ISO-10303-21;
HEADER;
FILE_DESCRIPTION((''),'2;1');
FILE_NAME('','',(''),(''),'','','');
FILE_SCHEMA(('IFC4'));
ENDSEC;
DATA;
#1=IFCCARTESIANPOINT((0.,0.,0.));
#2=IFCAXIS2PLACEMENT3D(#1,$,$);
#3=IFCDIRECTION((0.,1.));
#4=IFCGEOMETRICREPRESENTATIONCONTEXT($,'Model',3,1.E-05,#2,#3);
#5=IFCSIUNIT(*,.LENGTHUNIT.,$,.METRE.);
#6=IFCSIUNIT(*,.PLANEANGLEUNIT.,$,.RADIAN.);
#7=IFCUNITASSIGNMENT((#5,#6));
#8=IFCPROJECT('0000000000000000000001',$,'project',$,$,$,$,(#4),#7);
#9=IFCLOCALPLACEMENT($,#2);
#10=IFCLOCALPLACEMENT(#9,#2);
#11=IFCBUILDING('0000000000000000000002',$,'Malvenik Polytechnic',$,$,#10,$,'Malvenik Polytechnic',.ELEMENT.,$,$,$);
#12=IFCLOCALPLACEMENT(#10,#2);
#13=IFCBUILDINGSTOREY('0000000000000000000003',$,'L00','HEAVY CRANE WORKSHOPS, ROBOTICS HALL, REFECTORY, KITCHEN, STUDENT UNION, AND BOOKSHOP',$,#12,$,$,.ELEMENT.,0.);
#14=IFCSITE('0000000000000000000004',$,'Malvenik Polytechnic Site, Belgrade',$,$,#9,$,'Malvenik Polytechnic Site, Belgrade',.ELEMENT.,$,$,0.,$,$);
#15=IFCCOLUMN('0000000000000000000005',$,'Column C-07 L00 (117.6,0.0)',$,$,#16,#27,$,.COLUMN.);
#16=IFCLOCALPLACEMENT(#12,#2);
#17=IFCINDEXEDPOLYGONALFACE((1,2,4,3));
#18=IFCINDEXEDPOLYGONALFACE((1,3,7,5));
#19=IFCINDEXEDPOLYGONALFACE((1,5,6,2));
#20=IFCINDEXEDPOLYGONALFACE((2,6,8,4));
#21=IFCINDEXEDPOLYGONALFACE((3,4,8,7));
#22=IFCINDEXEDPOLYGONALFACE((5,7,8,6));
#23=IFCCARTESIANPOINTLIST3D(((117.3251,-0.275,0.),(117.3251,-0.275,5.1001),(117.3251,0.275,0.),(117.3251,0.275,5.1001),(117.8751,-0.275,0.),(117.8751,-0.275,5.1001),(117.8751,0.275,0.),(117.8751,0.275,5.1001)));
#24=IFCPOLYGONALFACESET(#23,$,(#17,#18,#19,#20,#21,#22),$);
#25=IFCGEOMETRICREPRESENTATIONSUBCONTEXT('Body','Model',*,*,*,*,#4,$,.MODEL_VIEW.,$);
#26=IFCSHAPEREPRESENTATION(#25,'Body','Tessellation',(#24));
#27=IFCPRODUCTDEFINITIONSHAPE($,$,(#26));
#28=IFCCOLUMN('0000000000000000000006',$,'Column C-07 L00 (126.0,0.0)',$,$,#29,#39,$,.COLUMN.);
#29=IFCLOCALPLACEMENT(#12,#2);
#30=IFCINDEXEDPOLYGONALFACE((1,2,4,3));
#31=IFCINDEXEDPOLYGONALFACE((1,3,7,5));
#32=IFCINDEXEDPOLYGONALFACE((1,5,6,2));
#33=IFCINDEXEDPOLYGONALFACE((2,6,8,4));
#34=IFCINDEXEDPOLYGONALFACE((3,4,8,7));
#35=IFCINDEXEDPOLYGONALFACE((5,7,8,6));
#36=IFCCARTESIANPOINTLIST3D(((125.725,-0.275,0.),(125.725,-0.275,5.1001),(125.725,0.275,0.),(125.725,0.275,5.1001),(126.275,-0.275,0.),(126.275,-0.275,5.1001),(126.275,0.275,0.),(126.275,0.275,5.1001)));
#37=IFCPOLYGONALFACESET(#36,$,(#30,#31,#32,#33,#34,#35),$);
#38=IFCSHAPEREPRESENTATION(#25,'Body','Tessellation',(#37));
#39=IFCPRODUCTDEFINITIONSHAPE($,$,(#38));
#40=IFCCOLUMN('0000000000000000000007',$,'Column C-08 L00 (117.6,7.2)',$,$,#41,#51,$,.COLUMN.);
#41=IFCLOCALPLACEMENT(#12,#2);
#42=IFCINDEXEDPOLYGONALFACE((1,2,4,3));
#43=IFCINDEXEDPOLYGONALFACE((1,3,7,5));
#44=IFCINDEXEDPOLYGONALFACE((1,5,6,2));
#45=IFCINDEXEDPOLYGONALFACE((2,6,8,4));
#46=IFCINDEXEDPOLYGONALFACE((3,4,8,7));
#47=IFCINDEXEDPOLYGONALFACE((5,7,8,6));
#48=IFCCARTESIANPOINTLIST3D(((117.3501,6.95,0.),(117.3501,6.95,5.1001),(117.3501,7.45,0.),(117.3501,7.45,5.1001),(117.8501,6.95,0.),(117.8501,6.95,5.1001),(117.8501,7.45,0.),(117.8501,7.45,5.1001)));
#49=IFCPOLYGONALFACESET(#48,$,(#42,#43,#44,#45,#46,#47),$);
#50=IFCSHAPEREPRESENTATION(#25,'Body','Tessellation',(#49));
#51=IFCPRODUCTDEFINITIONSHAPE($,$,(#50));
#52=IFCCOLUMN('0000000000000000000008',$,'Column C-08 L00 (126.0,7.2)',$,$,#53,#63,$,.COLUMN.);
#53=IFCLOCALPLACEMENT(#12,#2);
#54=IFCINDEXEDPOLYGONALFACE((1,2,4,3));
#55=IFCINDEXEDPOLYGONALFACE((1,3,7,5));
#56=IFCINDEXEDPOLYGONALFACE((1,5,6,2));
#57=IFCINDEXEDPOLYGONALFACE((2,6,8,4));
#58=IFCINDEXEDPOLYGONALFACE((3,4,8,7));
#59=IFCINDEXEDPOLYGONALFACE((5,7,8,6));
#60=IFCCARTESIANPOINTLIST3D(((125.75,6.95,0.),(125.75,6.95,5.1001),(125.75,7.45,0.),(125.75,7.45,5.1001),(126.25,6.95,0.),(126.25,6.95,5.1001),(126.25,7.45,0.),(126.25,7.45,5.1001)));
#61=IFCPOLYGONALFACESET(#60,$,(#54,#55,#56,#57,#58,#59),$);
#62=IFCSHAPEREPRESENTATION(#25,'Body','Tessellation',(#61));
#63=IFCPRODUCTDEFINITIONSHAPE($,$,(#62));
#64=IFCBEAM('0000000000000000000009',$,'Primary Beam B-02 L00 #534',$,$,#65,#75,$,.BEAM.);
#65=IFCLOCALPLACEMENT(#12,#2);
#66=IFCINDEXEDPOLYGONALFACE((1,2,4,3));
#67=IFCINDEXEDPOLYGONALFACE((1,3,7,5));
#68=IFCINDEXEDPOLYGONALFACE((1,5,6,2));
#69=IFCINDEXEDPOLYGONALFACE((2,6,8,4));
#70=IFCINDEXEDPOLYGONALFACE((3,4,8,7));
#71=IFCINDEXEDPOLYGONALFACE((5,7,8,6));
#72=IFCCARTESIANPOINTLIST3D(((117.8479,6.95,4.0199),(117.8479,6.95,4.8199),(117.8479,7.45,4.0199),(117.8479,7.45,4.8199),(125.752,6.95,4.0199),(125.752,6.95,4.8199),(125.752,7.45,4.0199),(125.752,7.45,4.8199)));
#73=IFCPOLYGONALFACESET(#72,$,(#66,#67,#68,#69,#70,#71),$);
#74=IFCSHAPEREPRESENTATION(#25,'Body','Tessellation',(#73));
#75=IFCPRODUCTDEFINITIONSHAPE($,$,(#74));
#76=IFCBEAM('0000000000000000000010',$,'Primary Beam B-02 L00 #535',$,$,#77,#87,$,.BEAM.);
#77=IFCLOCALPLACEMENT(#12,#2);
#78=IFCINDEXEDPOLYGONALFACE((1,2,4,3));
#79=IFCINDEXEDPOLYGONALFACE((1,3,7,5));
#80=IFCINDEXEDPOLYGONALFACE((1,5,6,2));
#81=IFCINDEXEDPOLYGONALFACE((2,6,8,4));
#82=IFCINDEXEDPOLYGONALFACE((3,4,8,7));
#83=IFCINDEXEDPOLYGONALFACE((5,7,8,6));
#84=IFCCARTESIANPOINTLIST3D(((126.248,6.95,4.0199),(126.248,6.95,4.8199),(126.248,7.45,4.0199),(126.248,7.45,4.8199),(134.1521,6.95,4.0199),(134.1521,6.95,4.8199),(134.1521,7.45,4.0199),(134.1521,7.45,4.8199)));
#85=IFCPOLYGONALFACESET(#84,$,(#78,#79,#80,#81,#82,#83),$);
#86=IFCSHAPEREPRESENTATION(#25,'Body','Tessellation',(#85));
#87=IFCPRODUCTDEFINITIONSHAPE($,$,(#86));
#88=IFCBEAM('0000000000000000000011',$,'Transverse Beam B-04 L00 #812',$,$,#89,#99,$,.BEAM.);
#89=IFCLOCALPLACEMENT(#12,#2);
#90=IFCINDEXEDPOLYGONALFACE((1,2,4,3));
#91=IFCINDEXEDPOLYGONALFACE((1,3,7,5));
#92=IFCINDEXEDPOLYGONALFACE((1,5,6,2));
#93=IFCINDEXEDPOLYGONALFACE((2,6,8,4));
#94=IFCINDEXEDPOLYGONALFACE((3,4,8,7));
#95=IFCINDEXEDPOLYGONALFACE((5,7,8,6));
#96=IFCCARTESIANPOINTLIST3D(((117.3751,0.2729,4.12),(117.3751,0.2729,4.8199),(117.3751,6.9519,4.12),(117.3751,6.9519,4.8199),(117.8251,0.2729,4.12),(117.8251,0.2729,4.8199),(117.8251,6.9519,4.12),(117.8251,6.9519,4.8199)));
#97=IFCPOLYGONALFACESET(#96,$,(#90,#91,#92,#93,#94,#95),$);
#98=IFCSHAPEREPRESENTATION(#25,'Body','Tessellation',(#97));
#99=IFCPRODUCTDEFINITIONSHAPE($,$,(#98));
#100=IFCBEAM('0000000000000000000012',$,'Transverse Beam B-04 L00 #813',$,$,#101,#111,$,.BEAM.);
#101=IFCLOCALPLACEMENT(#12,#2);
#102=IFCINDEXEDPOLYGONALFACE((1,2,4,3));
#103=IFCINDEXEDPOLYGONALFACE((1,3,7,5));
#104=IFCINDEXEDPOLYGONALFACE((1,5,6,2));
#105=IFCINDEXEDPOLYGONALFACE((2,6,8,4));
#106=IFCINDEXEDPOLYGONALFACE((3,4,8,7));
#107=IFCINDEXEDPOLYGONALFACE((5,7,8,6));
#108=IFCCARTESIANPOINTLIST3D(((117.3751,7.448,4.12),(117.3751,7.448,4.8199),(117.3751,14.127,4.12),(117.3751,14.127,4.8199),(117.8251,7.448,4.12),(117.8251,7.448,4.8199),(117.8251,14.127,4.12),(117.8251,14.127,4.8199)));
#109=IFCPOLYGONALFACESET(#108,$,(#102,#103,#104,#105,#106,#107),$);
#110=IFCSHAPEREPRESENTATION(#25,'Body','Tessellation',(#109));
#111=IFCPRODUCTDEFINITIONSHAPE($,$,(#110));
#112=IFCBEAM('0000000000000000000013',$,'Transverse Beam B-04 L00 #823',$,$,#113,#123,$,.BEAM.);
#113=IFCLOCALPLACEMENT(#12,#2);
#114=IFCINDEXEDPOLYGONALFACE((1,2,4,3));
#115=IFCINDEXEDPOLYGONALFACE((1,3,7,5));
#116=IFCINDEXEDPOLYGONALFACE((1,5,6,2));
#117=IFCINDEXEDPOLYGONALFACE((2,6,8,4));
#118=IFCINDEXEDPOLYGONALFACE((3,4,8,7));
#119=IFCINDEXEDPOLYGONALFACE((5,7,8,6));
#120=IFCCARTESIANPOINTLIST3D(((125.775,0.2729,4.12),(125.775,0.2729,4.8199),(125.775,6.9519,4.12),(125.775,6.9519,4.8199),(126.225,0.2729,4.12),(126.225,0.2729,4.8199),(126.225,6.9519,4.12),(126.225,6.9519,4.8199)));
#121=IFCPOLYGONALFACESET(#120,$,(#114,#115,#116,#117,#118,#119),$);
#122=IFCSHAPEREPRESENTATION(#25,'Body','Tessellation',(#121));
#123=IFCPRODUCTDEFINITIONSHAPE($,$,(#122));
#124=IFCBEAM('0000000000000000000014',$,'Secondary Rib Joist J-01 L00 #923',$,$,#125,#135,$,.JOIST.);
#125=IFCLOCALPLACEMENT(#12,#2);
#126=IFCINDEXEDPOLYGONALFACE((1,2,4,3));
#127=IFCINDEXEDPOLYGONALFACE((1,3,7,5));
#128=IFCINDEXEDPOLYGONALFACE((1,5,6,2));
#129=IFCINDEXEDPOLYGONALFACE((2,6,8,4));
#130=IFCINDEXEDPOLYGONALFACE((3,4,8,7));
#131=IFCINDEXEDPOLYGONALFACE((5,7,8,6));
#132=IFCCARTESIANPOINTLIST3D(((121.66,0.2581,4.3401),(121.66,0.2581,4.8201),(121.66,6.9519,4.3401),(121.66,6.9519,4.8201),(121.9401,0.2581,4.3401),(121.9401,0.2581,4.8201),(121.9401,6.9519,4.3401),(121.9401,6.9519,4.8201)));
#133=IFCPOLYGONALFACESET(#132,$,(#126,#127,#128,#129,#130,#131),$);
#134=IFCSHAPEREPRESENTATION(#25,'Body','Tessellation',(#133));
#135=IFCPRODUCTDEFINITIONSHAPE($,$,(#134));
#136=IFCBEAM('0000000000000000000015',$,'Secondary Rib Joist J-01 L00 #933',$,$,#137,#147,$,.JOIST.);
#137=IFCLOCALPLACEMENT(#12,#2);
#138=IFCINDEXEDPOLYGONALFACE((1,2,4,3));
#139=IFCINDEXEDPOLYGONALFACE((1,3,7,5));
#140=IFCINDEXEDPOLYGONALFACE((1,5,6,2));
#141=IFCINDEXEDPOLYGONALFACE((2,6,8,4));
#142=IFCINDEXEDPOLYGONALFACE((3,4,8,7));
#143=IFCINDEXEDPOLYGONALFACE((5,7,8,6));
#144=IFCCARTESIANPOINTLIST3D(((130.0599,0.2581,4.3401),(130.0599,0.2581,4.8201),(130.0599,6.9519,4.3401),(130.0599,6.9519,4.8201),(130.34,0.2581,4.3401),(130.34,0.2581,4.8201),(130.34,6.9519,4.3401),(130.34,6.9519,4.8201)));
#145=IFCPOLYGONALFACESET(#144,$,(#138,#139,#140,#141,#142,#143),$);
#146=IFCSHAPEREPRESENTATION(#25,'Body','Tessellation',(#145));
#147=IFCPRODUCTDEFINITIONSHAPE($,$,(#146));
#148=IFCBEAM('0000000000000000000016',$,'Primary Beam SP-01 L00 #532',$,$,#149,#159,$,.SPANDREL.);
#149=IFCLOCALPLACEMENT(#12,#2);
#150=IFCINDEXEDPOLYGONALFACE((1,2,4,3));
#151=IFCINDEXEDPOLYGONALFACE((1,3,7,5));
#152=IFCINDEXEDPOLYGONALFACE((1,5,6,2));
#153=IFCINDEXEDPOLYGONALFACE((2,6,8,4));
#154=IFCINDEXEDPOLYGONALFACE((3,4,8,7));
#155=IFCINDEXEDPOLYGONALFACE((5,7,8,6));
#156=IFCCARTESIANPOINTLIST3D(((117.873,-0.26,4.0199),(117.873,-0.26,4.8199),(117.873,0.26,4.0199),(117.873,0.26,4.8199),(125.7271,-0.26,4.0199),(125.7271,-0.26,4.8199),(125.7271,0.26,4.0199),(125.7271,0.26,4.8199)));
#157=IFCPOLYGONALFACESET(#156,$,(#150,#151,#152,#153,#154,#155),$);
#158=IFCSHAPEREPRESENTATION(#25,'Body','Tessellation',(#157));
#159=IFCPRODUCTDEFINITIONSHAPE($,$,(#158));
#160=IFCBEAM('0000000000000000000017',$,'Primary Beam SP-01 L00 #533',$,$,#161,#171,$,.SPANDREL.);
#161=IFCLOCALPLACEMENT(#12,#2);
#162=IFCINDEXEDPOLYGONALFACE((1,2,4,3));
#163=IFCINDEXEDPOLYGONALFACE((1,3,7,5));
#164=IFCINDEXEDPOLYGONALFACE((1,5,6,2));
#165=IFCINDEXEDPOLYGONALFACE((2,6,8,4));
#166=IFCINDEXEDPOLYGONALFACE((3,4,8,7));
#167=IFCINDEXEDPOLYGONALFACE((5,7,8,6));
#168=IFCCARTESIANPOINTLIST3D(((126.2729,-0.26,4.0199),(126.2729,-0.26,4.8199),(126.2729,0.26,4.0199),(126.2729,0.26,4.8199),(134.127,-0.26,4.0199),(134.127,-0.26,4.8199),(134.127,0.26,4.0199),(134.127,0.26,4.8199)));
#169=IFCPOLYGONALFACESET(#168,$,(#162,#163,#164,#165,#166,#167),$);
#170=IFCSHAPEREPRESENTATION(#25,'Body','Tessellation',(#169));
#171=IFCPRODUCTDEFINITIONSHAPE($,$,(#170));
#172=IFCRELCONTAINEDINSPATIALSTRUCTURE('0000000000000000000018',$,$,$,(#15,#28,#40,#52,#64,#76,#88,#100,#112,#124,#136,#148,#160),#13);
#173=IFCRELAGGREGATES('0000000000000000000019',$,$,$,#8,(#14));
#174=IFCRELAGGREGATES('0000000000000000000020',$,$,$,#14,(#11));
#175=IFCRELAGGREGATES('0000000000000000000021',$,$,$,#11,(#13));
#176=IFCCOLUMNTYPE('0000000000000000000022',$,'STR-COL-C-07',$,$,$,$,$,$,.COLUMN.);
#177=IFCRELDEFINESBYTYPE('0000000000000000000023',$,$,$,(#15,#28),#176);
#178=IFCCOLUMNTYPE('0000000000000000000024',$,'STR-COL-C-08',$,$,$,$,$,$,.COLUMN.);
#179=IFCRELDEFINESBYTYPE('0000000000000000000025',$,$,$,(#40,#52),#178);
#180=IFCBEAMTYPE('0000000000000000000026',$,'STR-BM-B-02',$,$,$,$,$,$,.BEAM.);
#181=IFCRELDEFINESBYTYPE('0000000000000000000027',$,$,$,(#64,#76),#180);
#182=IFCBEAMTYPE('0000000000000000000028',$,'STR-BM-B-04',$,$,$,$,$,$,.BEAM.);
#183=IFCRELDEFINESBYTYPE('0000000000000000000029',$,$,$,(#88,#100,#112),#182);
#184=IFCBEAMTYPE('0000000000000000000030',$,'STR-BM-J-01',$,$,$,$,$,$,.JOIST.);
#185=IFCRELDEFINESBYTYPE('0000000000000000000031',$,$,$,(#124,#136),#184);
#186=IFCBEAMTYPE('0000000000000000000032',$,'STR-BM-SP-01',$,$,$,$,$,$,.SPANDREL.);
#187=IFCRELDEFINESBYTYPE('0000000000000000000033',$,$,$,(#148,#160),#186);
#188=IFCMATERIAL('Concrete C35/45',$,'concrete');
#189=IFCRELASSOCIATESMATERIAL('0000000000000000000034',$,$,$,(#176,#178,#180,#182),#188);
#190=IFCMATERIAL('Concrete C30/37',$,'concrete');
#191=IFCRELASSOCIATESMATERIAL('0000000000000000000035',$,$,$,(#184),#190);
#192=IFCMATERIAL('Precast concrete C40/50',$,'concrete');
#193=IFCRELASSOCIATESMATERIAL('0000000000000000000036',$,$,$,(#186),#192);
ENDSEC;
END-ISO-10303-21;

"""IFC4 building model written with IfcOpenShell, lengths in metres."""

from ifc_helpers import new_model, si_unit, direction, frame, origin, origin_2d, place, context, subcontext, project, spatial, rectangle, extrude, material, material_profile, profile_set, type_object, element, save


model = new_model("IFC4")

# Units and contexts
model_context = context("Model", 3, precision=1e-05, world=origin(), true_north=direction((0.0, 1.0)))
body_context = subcontext(model_context, "Body", "Model", "MODEL_VIEW")
ifc_project = project(units=[si_unit("LENGTHUNIT", "METRE"), si_unit("PLANEANGLEUNIT", "RADIAN")], contexts=[model_context])

# Site, building, storey
site_placement = place(None, origin())
site = spatial("IfcSite", under=ifc_project, at=site_placement, Name="Malvenik Polytechnic Site, Belgrade", LongName="Malvenik Polytechnic Site, Belgrade", CompositionType="ELEMENT", RefElevation=0.0)
building_placement = place(site_placement, origin())
building = spatial("IfcBuilding", under=site, at=building_placement, Name="Malvenik Polytechnic", LongName="Malvenik Polytechnic", CompositionType="ELEMENT")
storey_placement = place(building_placement, origin())
storey = spatial("IfcBuildingStorey", under=building, at=storey_placement, Name="L00", Description="HEAVY CRANE WORKSHOPS, ROBOTICS HALL, REFECTORY, KITCHEN, STUDENT UNION, AND BOOKSHOP", CompositionType="ELEMENT", Elevation=0.0)

# Columns
ifc_material_1 = material(Name="Concrete C35/45", Category="concrete")
ifc_material_profile_1 = material_profile(ifc_material_1, rectangle(XDim=0.55, YDim=0.55, at=origin_2d()), Name="RC COL 550x550")
ifc_profile_set_1 = profile_set([ifc_material_profile_1], Name="Concrete C35/45")
column_type_1 = type_object("IfcColumnType", Name="STR-COL-C-07", PredefinedType="COLUMN", material=ifc_profile_set_1)
for number, where, z_axis, x_axis, name in (
    (1, (117.6001, 0.0, 0.0), (0.0, 0.0, 1.0), (1.0, 0.0, 0.0), "Column C-07 L00 (117.6,0.0)"),
    (2, (126.0, 0.0, 0.0), (0.0, 0.0, 1.0), (1.0, 0.0, 0.0), "Column C-07 L00 (126.0,0.0)"),
):
    element("IfcColumn", number, at=place(storey_placement, frame(where, z_axis=z_axis, x_axis=x_axis)), inside=storey, type_object=column_type_1, Name=name, PredefinedType="COLUMN", context=body_context, shape_type="SweptSolid", body=[
        extrude(rectangle(XDim=0.55, YDim=0.55, at=origin_2d()), origin(), (0.0, 0.0, 1.0), 5.1001),
    ])
ifc_material_profile_2 = material_profile(ifc_material_1, rectangle(XDim=0.5, YDim=0.5, at=origin_2d()), Name="RC COL 500x500")
ifc_profile_set_2 = profile_set([ifc_material_profile_2], Name="Concrete C35/45")
column_type_2 = type_object("IfcColumnType", Name="STR-COL-C-08", PredefinedType="COLUMN", material=ifc_profile_set_2)
for number, where, z_axis, x_axis, name in (
    (3, (117.6001, 7.2, 0.0), (0.0, 0.0, 1.0), (1.0, 0.0, 0.0), "Column C-08 L00 (117.6,7.2)"),
    (4, (126.0, 7.2, 0.0), (0.0, 0.0, 1.0), (1.0, 0.0, 0.0), "Column C-08 L00 (126.0,7.2)"),
):
    element("IfcColumn", number, at=place(storey_placement, frame(where, z_axis=z_axis, x_axis=x_axis)), inside=storey, type_object=column_type_2, Name=name, PredefinedType="COLUMN", context=body_context, shape_type="SweptSolid", body=[
        extrude(rectangle(XDim=0.5, YDim=0.5, at=origin_2d()), origin(), (0.0, 0.0, 1.0), 5.1001),
    ])

# Beams
ifc_material_profile_3 = material_profile(ifc_material_1, rectangle(XDim=0.5, YDim=0.8, at=origin_2d()), Name="RC BM 500x800")
ifc_profile_set_3 = profile_set([ifc_material_profile_3], Name="Concrete C35/45")
beam_type_1 = type_object("IfcBeamType", Name="STR-BM-B-02", PredefinedType="BEAM", material=ifc_profile_set_3)
for number, where, z_axis, x_axis, name in (
    (5, (117.8479, 7.2, 4.4199), (1.0, 0.0, 0.0), (0.0, 1.0, 0.0), "Primary Beam B-02 L00 #534"),
    (6, (126.248, 7.2, 4.4199), (1.0, 0.0, 0.0), (0.0, 1.0, 0.0), "Primary Beam B-02 L00 #535"),
):
    element("IfcBeam", number, at=place(storey_placement, frame(where, z_axis=z_axis, x_axis=x_axis)), inside=storey, type_object=beam_type_1, Name=name, PredefinedType="BEAM", context=body_context, shape_type="SweptSolid", body=[
        extrude(rectangle(XDim=0.5, YDim=0.8, at=origin_2d()), origin(), (0.0, 0.0, 1.0), 7.9041),
    ])
ifc_material_profile_4 = material_profile(ifc_material_1, rectangle(XDim=0.45, YDim=0.7, at=origin_2d()), Name="RC BM 450x700")
ifc_profile_set_4 = profile_set([ifc_material_profile_4], Name="Concrete C35/45")
beam_type_2 = type_object("IfcBeamType", Name="STR-BM-B-04", PredefinedType="BEAM", material=ifc_profile_set_4)
for number, where, z_axis, x_axis, name in (
    (7, (117.6001, 0.2729, 4.47), (0.0, 1.0, 0.0), (-1.0, 0.0, 0.0), "Transverse Beam B-04 L00 #812"),
    (8, (117.6001, 7.448, 4.47), (0.0, 1.0, 0.0), (-1.0, 0.0, 0.0), "Transverse Beam B-04 L00 #813"),
    (9, (126.0, 0.2729, 4.47), (0.0, 1.0, 0.0), (-1.0, 0.0, 0.0), "Transverse Beam B-04 L00 #823"),
):
    element("IfcBeam", number, at=place(storey_placement, frame(where, z_axis=z_axis, x_axis=x_axis)), inside=storey, type_object=beam_type_2, Name=name, PredefinedType="BEAM", context=body_context, shape_type="SweptSolid", body=[
        extrude(rectangle(XDim=0.45, YDim=0.7, at=origin_2d()), origin(), (0.0, 0.0, 1.0), 6.679),
    ])
ifc_material_2 = material(Name="Concrete C30/37", Category="concrete")
ifc_material_profile_5 = material_profile(ifc_material_2, rectangle(XDim=0.28, YDim=0.48, at=origin_2d()), Name="RC JST 280x480")
ifc_profile_set_5 = profile_set([ifc_material_profile_5], Name="Concrete C30/37")
beam_type_3 = type_object("IfcBeamType", Name="STR-BM-J-01", PredefinedType="JOIST", material=ifc_profile_set_5)
for number, where, z_axis, x_axis, name in (
    (10, (121.8, 0.2581, 4.5801), (0.0, 1.0, 0.0), (-1.0, 0.0, 0.0), "Secondary Rib Joist J-01 L00 #923"),
    (11, (130.2, 0.2581, 4.5801), (0.0, 1.0, 0.0), (-1.0, 0.0, 0.0), "Secondary Rib Joist J-01 L00 #933"),
):
    element("IfcBeam", number, at=place(storey_placement, frame(where, z_axis=z_axis, x_axis=x_axis)), inside=storey, type_object=beam_type_3, Name=name, PredefinedType="JOIST", context=body_context, shape_type="SweptSolid", body=[
        extrude(rectangle(XDim=0.28, YDim=0.48, at=origin_2d()), origin(), (0.0, 0.0, 1.0), 6.6938),
    ])
ifc_material_3 = material(Name="Precast concrete C40/50", Category="concrete")
ifc_material_profile_6 = material_profile(ifc_material_3, rectangle(XDim=0.52, YDim=0.8, at=origin_2d()), Name="PC SPN 520x800")
ifc_profile_set_6 = profile_set([ifc_material_profile_6], Name="Precast concrete C40/50")
beam_type_4 = type_object("IfcBeamType", Name="STR-BM-SP-01", PredefinedType="SPANDREL", material=ifc_profile_set_6)
for number, where, z_axis, x_axis, name in (
    (12, (117.873, 0.0, 4.4199), (1.0, 0.0, 0.0), (0.0, 1.0, 0.0), "Primary Beam SP-01 L00 #532"),
    (13, (126.2729, 0.0, 4.4199), (1.0, 0.0, 0.0), (0.0, 1.0, 0.0), "Primary Beam SP-01 L00 #533"),
):
    element("IfcBeam", number, at=place(storey_placement, frame(where, z_axis=z_axis, x_axis=x_axis)), inside=storey, type_object=beam_type_4, Name=name, PredefinedType="SPANDREL", context=body_context, shape_type="SweptSolid", body=[
        extrude(rectangle(XDim=0.52, YDim=0.8, at=origin_2d()), origin(), (0.0, 0.0, 1.0), 7.854),
    ])

save(model, "model.ifc")
